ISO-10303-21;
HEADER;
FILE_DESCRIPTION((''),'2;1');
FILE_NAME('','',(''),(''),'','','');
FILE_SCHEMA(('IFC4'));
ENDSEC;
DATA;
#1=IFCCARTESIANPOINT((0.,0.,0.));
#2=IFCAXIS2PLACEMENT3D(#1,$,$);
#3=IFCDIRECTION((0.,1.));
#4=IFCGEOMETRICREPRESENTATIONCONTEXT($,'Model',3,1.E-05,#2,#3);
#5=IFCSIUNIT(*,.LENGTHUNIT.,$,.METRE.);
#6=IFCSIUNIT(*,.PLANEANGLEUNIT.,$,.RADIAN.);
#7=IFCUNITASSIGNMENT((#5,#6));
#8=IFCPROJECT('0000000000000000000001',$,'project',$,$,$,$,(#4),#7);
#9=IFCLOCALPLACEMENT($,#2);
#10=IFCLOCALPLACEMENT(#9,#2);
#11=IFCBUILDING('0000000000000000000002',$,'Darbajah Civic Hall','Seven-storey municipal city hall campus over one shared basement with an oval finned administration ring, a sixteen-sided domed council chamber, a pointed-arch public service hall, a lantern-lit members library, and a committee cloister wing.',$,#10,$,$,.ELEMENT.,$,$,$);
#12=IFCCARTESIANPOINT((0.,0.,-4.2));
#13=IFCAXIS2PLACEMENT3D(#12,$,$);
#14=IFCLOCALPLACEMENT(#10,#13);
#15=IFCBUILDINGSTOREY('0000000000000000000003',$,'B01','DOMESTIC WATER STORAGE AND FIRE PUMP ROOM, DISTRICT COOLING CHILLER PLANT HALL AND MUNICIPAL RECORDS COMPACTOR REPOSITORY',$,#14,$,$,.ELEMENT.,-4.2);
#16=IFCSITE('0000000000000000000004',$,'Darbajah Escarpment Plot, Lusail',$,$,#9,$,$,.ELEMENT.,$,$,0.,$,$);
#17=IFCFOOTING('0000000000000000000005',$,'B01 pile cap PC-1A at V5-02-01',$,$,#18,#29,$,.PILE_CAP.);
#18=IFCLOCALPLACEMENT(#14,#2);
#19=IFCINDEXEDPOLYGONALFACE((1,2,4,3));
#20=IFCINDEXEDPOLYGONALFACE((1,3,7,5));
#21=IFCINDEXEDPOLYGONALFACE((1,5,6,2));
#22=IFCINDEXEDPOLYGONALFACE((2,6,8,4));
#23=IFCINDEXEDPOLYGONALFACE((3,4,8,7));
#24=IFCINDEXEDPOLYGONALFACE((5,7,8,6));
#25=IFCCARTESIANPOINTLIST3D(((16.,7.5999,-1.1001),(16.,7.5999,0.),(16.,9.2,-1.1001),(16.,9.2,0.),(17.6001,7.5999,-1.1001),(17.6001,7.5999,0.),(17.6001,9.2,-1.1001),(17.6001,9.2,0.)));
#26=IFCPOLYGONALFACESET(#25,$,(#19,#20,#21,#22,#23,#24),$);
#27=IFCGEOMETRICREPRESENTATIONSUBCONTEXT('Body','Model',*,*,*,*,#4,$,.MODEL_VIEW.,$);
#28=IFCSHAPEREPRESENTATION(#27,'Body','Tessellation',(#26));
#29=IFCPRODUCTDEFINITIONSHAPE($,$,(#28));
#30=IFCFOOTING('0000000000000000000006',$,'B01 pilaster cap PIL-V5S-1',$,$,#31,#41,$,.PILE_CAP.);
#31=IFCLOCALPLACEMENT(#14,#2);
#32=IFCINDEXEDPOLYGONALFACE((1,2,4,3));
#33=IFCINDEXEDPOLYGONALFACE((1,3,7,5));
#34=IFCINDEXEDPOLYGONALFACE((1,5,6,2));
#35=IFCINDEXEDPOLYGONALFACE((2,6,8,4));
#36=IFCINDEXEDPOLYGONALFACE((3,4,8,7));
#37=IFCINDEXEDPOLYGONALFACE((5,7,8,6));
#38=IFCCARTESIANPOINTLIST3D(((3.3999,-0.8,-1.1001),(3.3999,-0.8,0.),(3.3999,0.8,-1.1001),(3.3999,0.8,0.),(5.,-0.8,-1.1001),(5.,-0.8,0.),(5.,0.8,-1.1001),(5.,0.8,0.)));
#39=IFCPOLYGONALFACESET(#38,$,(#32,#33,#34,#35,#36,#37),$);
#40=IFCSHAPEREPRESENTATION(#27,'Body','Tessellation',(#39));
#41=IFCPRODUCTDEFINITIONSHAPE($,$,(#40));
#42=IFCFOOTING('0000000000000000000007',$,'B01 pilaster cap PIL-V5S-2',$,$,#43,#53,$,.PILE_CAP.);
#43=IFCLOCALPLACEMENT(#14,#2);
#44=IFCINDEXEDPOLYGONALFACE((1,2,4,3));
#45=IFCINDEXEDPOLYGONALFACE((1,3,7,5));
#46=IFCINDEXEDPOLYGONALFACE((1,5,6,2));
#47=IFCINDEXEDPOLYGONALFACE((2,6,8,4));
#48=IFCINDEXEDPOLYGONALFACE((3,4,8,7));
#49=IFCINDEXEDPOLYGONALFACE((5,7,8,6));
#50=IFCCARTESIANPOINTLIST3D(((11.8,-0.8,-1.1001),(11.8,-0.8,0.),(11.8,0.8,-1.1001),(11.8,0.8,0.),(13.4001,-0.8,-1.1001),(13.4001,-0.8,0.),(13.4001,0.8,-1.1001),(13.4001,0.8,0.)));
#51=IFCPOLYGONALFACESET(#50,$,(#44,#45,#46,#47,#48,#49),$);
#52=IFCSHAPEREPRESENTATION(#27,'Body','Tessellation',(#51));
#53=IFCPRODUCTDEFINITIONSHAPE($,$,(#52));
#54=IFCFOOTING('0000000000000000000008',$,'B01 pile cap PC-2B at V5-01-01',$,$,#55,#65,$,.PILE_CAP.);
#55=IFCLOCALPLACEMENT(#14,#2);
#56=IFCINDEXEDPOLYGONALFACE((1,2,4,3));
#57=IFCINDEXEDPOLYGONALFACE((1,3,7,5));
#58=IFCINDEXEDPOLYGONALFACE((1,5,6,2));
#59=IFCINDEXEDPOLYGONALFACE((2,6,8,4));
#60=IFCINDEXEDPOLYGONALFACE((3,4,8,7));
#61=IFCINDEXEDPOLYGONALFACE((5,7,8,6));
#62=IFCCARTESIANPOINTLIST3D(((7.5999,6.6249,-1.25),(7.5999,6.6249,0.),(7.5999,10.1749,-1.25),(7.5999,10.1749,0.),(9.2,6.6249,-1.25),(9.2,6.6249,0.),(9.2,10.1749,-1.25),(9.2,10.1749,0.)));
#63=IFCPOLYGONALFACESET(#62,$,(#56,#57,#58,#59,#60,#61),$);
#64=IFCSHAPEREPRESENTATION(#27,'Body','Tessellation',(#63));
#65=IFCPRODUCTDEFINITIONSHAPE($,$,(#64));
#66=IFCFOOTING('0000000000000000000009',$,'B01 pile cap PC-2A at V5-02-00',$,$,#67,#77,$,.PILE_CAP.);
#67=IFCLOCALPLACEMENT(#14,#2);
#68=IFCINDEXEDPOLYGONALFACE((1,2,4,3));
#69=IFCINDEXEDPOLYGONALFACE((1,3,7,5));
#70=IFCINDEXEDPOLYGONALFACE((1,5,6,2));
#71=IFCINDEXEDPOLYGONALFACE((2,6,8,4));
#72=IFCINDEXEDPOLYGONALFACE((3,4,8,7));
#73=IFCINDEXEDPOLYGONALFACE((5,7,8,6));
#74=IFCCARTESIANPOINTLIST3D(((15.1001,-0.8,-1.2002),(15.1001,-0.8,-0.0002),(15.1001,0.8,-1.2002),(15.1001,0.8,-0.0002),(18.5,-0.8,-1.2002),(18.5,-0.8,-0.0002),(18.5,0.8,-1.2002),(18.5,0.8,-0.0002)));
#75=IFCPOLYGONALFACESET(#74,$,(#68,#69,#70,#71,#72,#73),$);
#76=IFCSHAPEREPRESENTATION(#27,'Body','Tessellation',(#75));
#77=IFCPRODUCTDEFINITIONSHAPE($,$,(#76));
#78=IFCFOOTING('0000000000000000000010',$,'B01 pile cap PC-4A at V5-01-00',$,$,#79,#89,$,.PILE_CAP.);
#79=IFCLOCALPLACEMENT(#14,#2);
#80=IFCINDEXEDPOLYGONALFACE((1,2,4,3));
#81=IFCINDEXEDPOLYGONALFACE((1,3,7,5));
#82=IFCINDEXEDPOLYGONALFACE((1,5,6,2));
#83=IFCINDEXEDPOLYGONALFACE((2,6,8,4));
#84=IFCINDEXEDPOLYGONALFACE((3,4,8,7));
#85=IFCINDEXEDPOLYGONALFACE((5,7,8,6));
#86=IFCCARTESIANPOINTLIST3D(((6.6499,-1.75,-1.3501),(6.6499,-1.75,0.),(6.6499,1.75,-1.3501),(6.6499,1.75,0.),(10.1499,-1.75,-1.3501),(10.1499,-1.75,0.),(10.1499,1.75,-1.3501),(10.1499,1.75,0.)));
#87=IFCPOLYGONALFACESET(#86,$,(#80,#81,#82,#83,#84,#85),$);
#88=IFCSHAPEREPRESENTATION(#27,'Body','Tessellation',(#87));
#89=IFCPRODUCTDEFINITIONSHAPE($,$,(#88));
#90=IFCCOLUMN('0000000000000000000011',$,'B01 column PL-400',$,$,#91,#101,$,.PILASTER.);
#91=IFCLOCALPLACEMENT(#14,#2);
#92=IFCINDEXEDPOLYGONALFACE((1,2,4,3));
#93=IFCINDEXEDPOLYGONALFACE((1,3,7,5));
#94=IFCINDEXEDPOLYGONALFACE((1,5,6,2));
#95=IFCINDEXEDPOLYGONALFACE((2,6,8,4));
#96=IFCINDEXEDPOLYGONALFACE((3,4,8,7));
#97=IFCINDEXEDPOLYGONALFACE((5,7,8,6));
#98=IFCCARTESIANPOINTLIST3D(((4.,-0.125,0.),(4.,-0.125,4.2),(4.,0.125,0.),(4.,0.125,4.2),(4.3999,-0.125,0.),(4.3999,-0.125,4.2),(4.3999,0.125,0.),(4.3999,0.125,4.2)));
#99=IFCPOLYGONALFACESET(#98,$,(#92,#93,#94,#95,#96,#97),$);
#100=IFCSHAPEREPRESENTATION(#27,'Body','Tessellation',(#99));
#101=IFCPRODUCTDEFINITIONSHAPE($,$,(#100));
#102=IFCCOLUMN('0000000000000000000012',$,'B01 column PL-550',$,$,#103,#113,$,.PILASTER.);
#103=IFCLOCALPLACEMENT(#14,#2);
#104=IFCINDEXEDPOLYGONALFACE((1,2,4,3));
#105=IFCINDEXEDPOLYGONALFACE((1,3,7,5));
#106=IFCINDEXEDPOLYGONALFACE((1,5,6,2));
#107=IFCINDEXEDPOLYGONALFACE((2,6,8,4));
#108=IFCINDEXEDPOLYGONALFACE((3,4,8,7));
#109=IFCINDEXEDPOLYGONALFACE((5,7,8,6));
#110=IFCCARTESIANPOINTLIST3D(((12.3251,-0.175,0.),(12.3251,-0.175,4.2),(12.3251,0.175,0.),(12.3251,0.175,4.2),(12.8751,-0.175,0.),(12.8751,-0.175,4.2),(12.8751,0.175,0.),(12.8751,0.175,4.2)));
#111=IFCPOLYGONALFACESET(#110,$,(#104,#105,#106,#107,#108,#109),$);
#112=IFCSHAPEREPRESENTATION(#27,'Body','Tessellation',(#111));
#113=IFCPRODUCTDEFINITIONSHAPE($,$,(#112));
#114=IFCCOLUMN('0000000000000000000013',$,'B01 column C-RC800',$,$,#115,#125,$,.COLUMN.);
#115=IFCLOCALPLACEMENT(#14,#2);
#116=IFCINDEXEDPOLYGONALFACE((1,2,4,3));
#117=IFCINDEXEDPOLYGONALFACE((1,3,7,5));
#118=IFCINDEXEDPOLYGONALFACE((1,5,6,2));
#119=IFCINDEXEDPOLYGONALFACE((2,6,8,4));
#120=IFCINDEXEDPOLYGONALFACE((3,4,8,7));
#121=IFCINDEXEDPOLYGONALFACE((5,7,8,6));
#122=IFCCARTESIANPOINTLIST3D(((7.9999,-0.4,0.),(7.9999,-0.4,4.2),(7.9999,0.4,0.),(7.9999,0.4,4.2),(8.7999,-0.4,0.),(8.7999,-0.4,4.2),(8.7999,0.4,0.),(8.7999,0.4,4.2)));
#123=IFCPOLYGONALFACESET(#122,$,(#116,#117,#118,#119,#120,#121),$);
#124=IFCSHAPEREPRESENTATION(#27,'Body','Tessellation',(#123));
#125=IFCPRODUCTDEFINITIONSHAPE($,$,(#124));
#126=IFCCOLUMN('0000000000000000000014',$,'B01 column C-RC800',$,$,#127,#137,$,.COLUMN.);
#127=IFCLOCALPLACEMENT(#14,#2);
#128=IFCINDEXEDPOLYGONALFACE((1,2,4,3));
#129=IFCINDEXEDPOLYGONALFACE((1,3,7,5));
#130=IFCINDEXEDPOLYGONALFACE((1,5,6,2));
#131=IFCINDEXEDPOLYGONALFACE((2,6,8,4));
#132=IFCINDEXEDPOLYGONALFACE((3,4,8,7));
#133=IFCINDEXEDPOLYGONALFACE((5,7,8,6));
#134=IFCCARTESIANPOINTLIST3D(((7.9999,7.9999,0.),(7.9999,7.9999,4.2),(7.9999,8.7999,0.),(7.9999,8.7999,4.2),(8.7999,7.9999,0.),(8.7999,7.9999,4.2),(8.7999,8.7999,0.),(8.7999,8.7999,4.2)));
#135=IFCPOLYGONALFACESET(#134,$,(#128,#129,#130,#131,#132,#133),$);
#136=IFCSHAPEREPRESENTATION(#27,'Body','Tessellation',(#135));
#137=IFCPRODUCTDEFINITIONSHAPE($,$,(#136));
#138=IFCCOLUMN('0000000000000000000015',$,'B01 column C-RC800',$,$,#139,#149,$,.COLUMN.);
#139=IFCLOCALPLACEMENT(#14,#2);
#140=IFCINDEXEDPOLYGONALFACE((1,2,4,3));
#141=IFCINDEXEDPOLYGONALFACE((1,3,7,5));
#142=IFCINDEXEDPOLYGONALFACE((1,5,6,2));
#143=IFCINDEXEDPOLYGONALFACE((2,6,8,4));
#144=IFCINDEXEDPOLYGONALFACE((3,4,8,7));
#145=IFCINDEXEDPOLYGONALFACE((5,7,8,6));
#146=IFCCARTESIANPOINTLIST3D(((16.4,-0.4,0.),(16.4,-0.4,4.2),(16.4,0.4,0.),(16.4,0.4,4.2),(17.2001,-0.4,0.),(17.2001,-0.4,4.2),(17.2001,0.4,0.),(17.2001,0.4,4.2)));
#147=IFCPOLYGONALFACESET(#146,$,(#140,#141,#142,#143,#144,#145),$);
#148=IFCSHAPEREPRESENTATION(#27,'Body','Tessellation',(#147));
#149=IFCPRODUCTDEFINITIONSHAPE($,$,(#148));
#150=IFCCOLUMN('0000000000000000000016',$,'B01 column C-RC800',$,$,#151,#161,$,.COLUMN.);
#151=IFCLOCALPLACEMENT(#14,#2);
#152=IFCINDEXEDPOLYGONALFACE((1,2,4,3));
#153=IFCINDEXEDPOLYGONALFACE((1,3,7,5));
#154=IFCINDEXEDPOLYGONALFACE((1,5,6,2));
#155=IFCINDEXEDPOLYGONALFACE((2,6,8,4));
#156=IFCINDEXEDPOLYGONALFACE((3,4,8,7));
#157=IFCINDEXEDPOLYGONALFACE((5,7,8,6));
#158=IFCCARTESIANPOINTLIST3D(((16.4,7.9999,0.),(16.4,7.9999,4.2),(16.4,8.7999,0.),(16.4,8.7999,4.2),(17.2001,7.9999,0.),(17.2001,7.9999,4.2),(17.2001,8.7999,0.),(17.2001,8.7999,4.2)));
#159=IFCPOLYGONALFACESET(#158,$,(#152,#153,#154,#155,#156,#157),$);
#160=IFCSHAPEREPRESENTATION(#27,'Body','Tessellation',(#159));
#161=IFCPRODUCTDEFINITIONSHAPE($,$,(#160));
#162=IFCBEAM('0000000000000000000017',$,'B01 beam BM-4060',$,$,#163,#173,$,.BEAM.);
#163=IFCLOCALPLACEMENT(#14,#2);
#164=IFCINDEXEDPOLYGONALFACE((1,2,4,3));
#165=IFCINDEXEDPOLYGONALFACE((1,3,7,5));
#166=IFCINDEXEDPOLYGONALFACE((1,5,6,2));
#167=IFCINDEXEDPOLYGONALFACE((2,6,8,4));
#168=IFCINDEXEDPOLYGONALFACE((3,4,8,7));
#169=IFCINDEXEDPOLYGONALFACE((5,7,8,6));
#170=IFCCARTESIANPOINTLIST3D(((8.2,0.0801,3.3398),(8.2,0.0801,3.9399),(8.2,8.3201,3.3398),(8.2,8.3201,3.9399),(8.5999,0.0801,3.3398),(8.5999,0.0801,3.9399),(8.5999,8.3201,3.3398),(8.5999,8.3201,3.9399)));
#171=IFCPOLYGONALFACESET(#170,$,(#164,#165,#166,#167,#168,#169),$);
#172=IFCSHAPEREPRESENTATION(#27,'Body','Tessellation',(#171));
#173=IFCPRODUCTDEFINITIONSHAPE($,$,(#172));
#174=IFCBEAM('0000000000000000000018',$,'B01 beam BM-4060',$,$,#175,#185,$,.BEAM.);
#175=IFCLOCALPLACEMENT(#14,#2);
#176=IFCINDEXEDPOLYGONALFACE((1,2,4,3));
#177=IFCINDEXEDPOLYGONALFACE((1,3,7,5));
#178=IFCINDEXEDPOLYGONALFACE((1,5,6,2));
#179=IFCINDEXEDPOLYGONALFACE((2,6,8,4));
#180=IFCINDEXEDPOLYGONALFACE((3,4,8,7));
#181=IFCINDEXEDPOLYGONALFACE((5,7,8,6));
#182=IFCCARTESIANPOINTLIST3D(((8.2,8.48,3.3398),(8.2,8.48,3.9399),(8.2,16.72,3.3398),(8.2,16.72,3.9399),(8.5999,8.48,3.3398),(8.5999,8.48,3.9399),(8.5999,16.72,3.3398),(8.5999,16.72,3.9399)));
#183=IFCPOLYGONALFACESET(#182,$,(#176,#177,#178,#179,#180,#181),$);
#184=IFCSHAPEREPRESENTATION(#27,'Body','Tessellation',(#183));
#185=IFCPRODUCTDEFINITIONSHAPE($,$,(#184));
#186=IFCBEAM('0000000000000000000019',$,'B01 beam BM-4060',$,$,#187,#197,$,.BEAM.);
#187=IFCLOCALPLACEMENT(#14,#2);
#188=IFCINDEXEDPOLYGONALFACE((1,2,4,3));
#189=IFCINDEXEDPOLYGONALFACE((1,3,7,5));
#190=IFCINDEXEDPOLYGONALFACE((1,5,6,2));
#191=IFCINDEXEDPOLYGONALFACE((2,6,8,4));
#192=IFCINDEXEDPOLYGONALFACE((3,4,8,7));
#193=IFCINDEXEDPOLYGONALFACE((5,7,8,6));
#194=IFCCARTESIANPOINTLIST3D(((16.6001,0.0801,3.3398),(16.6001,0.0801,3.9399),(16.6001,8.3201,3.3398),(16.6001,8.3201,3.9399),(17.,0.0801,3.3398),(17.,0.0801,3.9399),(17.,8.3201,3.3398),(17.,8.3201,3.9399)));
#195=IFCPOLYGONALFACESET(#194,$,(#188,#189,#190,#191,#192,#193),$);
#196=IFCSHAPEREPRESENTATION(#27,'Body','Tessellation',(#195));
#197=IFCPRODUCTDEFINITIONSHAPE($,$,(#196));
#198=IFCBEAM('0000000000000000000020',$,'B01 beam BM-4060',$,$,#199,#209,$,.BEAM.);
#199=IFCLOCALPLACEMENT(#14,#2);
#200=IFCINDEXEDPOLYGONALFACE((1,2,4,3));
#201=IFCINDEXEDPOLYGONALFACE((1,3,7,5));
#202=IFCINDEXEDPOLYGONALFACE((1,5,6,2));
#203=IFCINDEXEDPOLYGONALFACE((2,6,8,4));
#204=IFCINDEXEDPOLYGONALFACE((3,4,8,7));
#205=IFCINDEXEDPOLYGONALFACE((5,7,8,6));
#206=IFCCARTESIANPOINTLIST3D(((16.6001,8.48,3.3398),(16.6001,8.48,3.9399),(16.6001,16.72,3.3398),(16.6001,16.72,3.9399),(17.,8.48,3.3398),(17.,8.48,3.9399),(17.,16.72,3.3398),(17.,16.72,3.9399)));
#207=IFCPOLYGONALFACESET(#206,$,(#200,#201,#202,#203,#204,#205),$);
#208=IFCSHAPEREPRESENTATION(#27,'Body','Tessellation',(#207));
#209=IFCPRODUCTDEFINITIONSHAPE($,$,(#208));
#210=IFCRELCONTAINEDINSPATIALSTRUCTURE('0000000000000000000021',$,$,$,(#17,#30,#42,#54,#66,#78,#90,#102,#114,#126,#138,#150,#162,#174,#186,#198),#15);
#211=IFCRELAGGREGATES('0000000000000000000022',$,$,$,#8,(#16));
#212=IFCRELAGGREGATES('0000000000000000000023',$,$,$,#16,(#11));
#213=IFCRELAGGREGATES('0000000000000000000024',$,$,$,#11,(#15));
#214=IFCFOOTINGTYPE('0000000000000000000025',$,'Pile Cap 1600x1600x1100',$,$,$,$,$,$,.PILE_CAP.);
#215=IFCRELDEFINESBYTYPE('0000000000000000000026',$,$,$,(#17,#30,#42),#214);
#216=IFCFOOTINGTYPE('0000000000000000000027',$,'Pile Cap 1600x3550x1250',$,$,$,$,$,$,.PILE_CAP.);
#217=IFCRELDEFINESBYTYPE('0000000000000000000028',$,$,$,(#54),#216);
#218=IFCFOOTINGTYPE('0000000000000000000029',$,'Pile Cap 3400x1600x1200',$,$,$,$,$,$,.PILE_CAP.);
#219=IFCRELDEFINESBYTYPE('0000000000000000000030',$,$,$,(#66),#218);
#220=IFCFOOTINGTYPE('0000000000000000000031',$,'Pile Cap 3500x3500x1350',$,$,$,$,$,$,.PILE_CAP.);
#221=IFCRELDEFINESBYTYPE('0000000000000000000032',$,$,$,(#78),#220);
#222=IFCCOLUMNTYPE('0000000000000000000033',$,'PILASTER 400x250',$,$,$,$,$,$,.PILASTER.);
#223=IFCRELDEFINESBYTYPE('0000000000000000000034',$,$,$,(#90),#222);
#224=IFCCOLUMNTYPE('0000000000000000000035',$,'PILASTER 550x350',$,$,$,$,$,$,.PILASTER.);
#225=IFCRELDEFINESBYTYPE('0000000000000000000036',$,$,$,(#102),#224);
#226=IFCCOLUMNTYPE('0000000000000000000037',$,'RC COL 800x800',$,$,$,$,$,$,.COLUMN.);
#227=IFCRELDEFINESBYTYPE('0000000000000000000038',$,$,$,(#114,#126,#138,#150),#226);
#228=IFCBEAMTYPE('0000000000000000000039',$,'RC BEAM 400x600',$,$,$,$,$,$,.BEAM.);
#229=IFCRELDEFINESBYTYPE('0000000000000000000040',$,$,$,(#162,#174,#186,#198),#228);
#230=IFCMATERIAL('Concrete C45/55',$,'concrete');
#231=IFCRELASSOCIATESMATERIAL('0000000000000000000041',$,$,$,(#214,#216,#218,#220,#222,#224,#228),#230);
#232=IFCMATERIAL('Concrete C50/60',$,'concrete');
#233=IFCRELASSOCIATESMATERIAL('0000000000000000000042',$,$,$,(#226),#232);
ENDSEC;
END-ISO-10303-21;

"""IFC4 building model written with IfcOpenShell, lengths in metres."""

from ifc_helpers import new_model, si_unit, direction, frame, origin, origin_2d, place, context, subcontext, project, spatial, rectangle, extrude, material, material_profile, profile_set, type_object, element, save


model = new_model("IFC4")

# Units and contexts
model_context = context("Model", 3, precision=1e-05, world=origin(), true_north=direction((0.0, 1.0)))
body_context = subcontext(model_context, "Body", "Model", "MODEL_VIEW")
ifc_project = project(units=[si_unit("LENGTHUNIT", "METRE"), si_unit("PLANEANGLEUNIT", "RADIAN")], contexts=[model_context])

# Site, building, storey
site_placement = place(None, origin())
site = spatial("IfcSite", under=ifc_project, at=site_placement, Name="Darbajah Escarpment Plot, Lusail", CompositionType="ELEMENT", RefElevation=0.0)
building_placement = place(site_placement, origin())
building = spatial("IfcBuilding", under=site, at=building_placement, Name="Darbajah Civic Hall", Description="Seven-storey municipal city hall campus over one shared basement with an oval finned administration ring, a sixteen-sided domed council chamber, a pointed-arch public service hall, a lantern-lit members library, and a committee cloister wing.", CompositionType="ELEMENT")
storey_placement = place(building_placement, frame((0.0, 0.0, -4.2)))
storey = spatial("IfcBuildingStorey", under=building, at=storey_placement, Name="B01", Description="DOMESTIC WATER STORAGE AND FIRE PUMP ROOM, DISTRICT COOLING CHILLER PLANT HALL AND MUNICIPAL RECORDS COMPACTOR REPOSITORY", CompositionType="ELEMENT", Elevation=-4.2)

# Shared definitions
ifc_material_1 = material(Name="Concrete C45/55", Category="concrete")

# Footings
footing_type_1 = type_object("IfcFootingType", Name="Pile Cap 1600x1600x1100", PredefinedType="PILE_CAP", material=ifc_material_1)
for number, where, z_axis, x_axis, name in (
    (1, (16.8, 8.3999, -1.1001), (0.0, 0.0, 1.0), (1.0, 0.0, 0.0), "B01 pile cap PC-1A at V5-02-01"),
    (2, (4.2, 0.0, -1.1001), (0.0, 0.0, 1.0), (1.0, 0.0, 0.0), "B01 pilaster cap PIL-V5S-1"),
    (3, (12.6001, 0.0, -1.1001), (0.0, 0.0, 1.0), (1.0, 0.0, 0.0), "B01 pilaster cap PIL-V5S-2"),
):
    element("IfcFooting", number, at=place(storey_placement, frame(where, z_axis=z_axis, x_axis=x_axis)), inside=storey, type_object=footing_type_1, Name=name, PredefinedType="PILE_CAP", context=body_context, shape_type="SweptSolid", body=[
        extrude(rectangle(XDim=1.6001, YDim=1.6001, at=origin_2d()), origin(), (0.0, 0.0, 1.0), 1.1001),
    ])
footing_type_2 = type_object("IfcFootingType", Name="Pile Cap 1600x3550x1250", PredefinedType="PILE_CAP", material=ifc_material_1)
footing_1_placement = place(storey_placement, frame((8.3999, 8.3999, -1.25), z_axis=(0.0, 0.0, 1.0), x_axis=(1.0, 0.0, 0.0)))
element("IfcFooting", 4, at=footing_1_placement, inside=storey, type_object=footing_type_2, Name="B01 pile cap PC-2B at V5-01-01", PredefinedType="PILE_CAP", context=body_context, shape_type="SweptSolid", body=[
    extrude(rectangle(XDim=1.6001, YDim=3.55, at=origin_2d()), origin(), (0.0, 0.0, 1.0), 1.25),
])
footing_type_3 = type_object("IfcFootingType", Name="Pile Cap 3400x1600x1200", PredefinedType="PILE_CAP", material=ifc_material_1)
footing_2_placement = place(storey_placement, frame((16.8, 0.0, -1.2002), z_axis=(0.0, 0.0, 1.0), x_axis=(1.0, 0.0, 0.0)))
element("IfcFooting", 5, at=footing_2_placement, inside=storey, type_object=footing_type_3, Name="B01 pile cap PC-2A at V5-02-00", PredefinedType="PILE_CAP", context=body_context, shape_type="SweptSolid", body=[
    extrude(rectangle(XDim=3.3999, YDim=1.6001, at=origin_2d()), origin(), (0.0, 0.0, 1.0), 1.2),
])
footing_type_4 = type_object("IfcFootingType", Name="Pile Cap 3500x3500x1350", PredefinedType="PILE_CAP", material=ifc_material_1)
footing_3_placement = place(storey_placement, frame((8.3999, 0.0, -1.3501), z_axis=(0.0, 0.0, 1.0), x_axis=(1.0, 0.0, 0.0)))
element("IfcFooting", 6, at=footing_3_placement, inside=storey, type_object=footing_type_4, Name="B01 pile cap PC-4A at V5-01-00", PredefinedType="PILE_CAP", context=body_context, shape_type="SweptSolid", body=[
    extrude(rectangle(XDim=3.5, YDim=3.5, at=origin_2d()), origin(), (0.0, 0.0, 1.0), 1.3501),
])

# Columns
ifc_material_profile_1 = material_profile(ifc_material_1, rectangle(XDim=0.3999, YDim=0.25, at=origin_2d()), Name="PILASTER 400x250")
ifc_profile_set_1 = profile_set([ifc_material_profile_1], Name="Concrete C45/55")
column_type_1 = type_object("IfcColumnType", Name="PILASTER 400x250", PredefinedType="PILASTER", material=ifc_profile_set_1)
column_1_placement = place(storey_placement, frame((4.2, 0.0, 0.0), z_axis=(0.0, 0.0, 1.0), x_axis=(1.0, 0.0, 0.0)))
element("IfcColumn", 7, at=column_1_placement, inside=storey, type_object=column_type_1, Name="B01 column PL-400", PredefinedType="PILASTER", context=body_context, shape_type="SweptSolid", body=[
    extrude(rectangle(XDim=0.3999, YDim=0.25, at=origin_2d()), origin(), (0.0, 0.0, 1.0), 4.2),
])
ifc_material_profile_2 = material_profile(ifc_material_1, rectangle(XDim=0.55, YDim=0.3501, at=origin_2d()), Name="PILASTER 550x350")
ifc_profile_set_2 = profile_set([ifc_material_profile_2], Name="Concrete C45/55")
column_type_2 = type_object("IfcColumnType", Name="PILASTER 550x350", PredefinedType="PILASTER", material=ifc_profile_set_2)
column_2_placement = place(storey_placement, frame((12.6001, 0.0, 0.0), z_axis=(0.0, 0.0, 1.0), x_axis=(1.0, 0.0, 0.0)))
element("IfcColumn", 8, at=column_2_placement, inside=storey, type_object=column_type_2, Name="B01 column PL-550", PredefinedType="PILASTER", context=body_context, shape_type="SweptSolid", body=[
    extrude(rectangle(XDim=0.55, YDim=0.3501, at=origin_2d()), origin(), (0.0, 0.0, 1.0), 4.2),
])
ifc_material_2 = material(Name="Concrete C50/60", Category="concrete")
ifc_material_profile_3 = material_profile(ifc_material_2, rectangle(XDim=0.8, YDim=0.8, at=origin_2d()), Name="RC COL 800x800")
ifc_profile_set_3 = profile_set([ifc_material_profile_3], Name="Concrete C50/60")
column_type_3 = type_object("IfcColumnType", Name="RC COL 800x800", PredefinedType="COLUMN", material=ifc_profile_set_3)
for number, where, z_axis, x_axis, name in (
    (9, (8.3999, 0.0, 0.0), (0.0, 0.0, 1.0), (1.0, 0.0, 0.0), "B01 column C-RC800"),
    (10, (8.3999, 8.3999, 0.0), (0.0, 0.0, 1.0), (1.0, 0.0, 0.0), "B01 column C-RC800"),
    (11, (16.8, 0.0, 0.0), (0.0, 0.0, 1.0), (1.0, 0.0, 0.0), "B01 column C-RC800"),
    (12, (16.8, 8.3999, 0.0), (0.0, 0.0, 1.0), (1.0, 0.0, 0.0), "B01 column C-RC800"),
):
    element("IfcColumn", number, at=place(storey_placement, frame(where, z_axis=z_axis, x_axis=x_axis)), inside=storey, type_object=column_type_3, Name=name, PredefinedType="COLUMN", context=body_context, shape_type="SweptSolid", body=[
        extrude(rectangle(XDim=0.8, YDim=0.8, at=origin_2d()), origin(), (0.0, 0.0, 1.0), 4.2),
    ])

# Beams
ifc_material_profile_4 = material_profile(ifc_material_1, rectangle(XDim=0.3999, YDim=0.6001, at=origin_2d()), Name="RC BEAM 400x600")
ifc_profile_set_4 = profile_set([ifc_material_profile_4], Name="Concrete C45/55")
beam_type_1 = type_object("IfcBeamType", Name="RC BEAM 400x600", PredefinedType="BEAM", material=ifc_profile_set_4)
for number, where, z_axis, x_axis, name in (
    (13, (8.3999, 0.0801, 3.6399), (0.0, 1.0, 0.0), (-1.0, 0.0, 0.0), "B01 beam BM-4060"),
    (14, (8.3999, 8.48, 3.6399), (0.0, 1.0, 0.0), (-1.0, 0.0, 0.0), "B01 beam BM-4060"),
    (15, (16.8, 0.0801, 3.6399), (0.0, 1.0, 0.0), (-1.0, 0.0, 0.0), "B01 beam BM-4060"),
    (16, (16.8, 8.48, 3.6399), (0.0, 1.0, 0.0), (-1.0, 0.0, 0.0), "B01 beam BM-4060"),
):
    element("IfcBeam", number, at=place(storey_placement, frame(where, z_axis=z_axis, x_axis=x_axis)), inside=storey, type_object=beam_type_1, Name=name, PredefinedType="BEAM", context=body_context, shape_type="SweptSolid", body=[
        extrude(rectangle(XDim=0.3999, YDim=0.6001, at=origin_2d()), origin(), (0.0, 0.0, 1.0), 8.24),
    ])

save(model, "model.ifc")
